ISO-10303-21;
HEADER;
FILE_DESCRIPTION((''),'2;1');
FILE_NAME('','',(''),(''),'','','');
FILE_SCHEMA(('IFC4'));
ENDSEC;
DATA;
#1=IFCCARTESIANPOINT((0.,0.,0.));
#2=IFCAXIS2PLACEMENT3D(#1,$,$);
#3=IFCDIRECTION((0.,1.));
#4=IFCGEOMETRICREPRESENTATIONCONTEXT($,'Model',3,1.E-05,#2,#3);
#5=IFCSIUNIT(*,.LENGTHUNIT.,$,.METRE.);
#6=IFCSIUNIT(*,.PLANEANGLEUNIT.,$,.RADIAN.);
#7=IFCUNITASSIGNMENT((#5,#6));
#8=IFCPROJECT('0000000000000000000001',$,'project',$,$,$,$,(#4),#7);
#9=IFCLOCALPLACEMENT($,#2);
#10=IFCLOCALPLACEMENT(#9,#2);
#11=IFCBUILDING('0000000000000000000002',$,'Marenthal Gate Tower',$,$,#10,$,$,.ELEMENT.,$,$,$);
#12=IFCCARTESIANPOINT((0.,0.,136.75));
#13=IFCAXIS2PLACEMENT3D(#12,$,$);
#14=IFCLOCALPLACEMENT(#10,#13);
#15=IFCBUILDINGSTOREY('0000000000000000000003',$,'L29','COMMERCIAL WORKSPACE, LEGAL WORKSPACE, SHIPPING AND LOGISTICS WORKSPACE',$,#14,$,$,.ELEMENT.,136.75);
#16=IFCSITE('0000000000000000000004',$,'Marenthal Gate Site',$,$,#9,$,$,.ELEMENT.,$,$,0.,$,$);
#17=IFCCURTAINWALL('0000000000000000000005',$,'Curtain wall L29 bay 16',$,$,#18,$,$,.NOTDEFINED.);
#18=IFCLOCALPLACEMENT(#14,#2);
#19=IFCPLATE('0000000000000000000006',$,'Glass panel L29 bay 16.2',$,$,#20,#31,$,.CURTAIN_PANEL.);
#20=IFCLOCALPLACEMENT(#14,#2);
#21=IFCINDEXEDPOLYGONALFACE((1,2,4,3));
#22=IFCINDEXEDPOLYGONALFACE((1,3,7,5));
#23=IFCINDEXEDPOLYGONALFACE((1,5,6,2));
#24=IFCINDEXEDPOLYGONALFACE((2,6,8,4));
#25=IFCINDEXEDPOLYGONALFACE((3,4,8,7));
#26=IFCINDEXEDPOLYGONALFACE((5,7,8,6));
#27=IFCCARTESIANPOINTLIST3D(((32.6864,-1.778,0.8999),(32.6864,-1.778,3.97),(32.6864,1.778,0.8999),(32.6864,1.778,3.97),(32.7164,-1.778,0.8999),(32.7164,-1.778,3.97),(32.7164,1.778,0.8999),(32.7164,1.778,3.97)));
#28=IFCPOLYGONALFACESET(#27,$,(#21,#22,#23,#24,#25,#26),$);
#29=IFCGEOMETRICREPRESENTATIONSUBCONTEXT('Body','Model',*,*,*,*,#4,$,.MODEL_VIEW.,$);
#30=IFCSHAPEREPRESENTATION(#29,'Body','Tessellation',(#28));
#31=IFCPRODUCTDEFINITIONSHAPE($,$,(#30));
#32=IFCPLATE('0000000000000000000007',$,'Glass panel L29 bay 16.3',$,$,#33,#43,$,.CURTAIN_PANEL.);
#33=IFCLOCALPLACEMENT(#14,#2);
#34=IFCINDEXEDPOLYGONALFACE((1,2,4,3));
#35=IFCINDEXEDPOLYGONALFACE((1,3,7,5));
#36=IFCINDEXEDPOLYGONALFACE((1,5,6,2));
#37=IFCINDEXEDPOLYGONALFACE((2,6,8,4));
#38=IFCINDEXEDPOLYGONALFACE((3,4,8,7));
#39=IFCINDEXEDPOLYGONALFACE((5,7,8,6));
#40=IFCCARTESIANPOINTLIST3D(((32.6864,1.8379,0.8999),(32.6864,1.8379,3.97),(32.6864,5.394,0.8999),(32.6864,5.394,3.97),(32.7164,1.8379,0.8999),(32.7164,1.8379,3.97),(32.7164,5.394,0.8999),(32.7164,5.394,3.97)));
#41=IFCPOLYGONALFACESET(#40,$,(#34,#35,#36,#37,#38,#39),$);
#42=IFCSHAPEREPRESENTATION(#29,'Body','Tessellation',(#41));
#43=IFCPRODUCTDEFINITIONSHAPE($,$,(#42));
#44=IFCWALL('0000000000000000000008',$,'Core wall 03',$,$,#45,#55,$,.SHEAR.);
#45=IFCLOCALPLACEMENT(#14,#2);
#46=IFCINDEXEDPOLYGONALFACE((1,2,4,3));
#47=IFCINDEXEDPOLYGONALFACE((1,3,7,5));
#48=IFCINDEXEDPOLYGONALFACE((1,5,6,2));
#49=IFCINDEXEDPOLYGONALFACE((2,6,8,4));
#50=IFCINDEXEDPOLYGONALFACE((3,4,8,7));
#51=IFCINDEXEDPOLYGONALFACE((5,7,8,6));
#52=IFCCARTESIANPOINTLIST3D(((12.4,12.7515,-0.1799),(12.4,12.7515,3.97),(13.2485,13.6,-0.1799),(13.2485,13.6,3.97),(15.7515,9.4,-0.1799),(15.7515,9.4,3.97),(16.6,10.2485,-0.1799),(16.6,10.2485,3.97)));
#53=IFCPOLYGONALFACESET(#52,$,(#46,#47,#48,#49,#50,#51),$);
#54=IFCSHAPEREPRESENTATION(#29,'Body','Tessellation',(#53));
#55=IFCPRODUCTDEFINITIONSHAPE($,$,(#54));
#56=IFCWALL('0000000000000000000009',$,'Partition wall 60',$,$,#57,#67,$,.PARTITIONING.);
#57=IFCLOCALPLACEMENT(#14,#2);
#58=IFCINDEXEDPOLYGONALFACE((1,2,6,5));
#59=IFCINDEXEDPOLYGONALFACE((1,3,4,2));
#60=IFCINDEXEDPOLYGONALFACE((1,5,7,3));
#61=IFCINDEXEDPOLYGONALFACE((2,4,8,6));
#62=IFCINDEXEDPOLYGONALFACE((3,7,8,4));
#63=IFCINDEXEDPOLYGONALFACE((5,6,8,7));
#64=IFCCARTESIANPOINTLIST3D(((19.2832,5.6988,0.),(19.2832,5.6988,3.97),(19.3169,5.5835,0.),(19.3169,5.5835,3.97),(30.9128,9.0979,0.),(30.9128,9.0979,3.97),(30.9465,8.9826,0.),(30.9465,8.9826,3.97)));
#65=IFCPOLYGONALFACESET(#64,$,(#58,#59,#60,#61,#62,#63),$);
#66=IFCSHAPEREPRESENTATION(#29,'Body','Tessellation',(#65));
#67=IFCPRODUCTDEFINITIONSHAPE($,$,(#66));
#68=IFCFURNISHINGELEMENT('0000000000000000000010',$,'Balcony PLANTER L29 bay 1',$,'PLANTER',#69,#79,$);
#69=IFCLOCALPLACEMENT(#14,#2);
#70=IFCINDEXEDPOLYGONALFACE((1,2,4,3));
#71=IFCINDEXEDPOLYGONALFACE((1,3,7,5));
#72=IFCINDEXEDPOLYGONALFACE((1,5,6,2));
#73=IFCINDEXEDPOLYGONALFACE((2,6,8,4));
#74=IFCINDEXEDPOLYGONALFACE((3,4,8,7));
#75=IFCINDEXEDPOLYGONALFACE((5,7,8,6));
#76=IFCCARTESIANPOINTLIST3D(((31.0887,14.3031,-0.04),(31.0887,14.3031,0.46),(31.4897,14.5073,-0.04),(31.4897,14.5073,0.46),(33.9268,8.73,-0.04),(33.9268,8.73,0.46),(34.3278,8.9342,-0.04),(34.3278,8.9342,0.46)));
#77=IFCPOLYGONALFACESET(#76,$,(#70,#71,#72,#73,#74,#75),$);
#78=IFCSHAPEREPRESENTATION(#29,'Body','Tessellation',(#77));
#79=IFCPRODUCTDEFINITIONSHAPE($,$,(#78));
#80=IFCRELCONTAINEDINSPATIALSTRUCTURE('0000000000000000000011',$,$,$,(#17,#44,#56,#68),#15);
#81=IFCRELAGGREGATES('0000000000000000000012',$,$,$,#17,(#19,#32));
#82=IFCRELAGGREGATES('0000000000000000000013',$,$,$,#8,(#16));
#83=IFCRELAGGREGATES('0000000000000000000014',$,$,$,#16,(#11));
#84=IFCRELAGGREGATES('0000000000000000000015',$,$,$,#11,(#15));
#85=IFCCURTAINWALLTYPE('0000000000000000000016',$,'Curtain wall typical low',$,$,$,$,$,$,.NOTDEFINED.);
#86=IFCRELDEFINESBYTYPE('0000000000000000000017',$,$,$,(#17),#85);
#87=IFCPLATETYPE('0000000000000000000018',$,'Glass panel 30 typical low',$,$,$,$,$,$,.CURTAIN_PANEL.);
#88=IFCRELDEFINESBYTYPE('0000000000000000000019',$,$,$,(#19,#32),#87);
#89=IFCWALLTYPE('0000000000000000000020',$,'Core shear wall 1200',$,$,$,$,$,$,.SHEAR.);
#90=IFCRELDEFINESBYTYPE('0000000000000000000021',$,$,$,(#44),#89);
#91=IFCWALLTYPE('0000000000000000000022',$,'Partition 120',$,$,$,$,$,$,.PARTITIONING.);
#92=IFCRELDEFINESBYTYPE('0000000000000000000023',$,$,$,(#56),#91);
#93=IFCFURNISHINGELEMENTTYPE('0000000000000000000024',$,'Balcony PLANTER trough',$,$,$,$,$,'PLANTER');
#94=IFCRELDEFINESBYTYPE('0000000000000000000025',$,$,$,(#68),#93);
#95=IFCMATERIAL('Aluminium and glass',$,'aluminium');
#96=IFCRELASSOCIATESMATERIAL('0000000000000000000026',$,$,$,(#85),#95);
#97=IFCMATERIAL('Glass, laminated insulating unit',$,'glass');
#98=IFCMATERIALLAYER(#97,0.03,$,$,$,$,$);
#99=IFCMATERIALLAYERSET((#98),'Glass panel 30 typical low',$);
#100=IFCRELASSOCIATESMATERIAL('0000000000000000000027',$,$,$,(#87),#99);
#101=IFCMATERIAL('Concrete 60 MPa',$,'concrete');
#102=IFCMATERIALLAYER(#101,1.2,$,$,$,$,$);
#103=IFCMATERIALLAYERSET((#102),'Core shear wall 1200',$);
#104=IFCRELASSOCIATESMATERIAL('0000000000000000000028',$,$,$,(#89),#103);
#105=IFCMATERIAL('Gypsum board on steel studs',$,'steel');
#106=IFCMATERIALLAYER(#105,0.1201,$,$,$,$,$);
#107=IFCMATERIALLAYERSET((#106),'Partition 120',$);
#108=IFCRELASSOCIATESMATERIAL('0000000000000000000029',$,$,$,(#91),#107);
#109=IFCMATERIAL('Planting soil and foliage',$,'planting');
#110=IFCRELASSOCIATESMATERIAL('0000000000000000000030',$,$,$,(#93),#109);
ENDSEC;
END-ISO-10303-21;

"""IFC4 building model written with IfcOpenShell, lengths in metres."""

from ifc_helpers import new_model, si_unit, direction, frame, frame_2d, origin, origin_2d, place, context, subcontext, project, spatial, rectangle, extrude, material, layer, layer_set, type_object, element, aggregate, save


model = new_model("IFC4")

# Units and contexts
model_context = context("Model", 3, precision=1e-05, world=origin(), true_north=direction((0.0, 1.0)))
body_context = subcontext(model_context, "Body", "Model", "MODEL_VIEW")
ifc_project = project(units=[si_unit("LENGTHUNIT", "METRE"), si_unit("PLANEANGLEUNIT", "RADIAN")], contexts=[model_context])

# Site, building, storey
site_placement = place(None, origin())
site = spatial("IfcSite", under=ifc_project, at=site_placement, Name="Marenthal Gate Site", CompositionType="ELEMENT", RefElevation=0.0)
building_placement = place(site_placement, origin())
building = spatial("IfcBuilding", under=site, at=building_placement, Name="Marenthal Gate Tower", CompositionType="ELEMENT")
storey_placement = place(building_placement, frame((0.0, 0.0, 136.75)))
storey = spatial("IfcBuildingStorey", under=building, at=storey_placement, Name="L29", Description="COMMERCIAL WORKSPACE, LEGAL WORKSPACE, SHIPPING AND LOGISTICS WORKSPACE", CompositionType="ELEMENT", Elevation=136.75)

# Curtain wall
ifc_material_1 = material(Name="Aluminium and glass", Category="aluminium")
curtain_wall_type = type_object("IfcCurtainWallType", Name="Curtain wall typical low", PredefinedType="NOTDEFINED", material=ifc_material_1)
curtain_wall_placement = place(storey_placement, origin())
curtain_wall = element("IfcCurtainWall", 1, at=curtain_wall_placement, inside=storey, type_object=curtain_wall_type, Name="Curtain wall L29 bay 16", PredefinedType="NOTDEFINED")

# Plates
ifc_material_2 = material(Name="Glass, laminated insulating unit", Category="glass")
ifc_layer_1 = layer(ifc_material_2, 0.03)
ifc_layer_set_1 = layer_set([ifc_layer_1], Name="Glass panel 30 typical low")
plate_type = type_object("IfcPlateType", Name="Glass panel 30 typical low", PredefinedType="CURTAIN_PANEL", material=ifc_layer_set_1)
plate_1_placement = place(storey_placement, frame((32.7014, 0.0, 0.8999), z_axis=(0.0, 0.0, 1.0), x_axis=(0.0, 1.0, 0.0)))
plate_1 = element("IfcPlate", 2, at=plate_1_placement, type_object=plate_type, Name="Glass panel L29 bay 16.2", PredefinedType="CURTAIN_PANEL", context=body_context, shape_type="SweptSolid", body=[
    extrude(rectangle(XDim=3.5559, YDim=0.03, at=origin_2d()), origin(), (0.0, 0.0, 1.0), 3.0701),
])
plate_2_placement = place(storey_placement, frame((32.7014, 3.616, 0.8999), z_axis=(0.0, 0.0, 1.0), x_axis=(0.0, 1.0, 0.0)))
plate_2 = element("IfcPlate", 3, at=plate_2_placement, type_object=plate_type, Name="Glass panel L29 bay 16.3", PredefinedType="CURTAIN_PANEL", context=body_context, shape_type="SweptSolid", body=[
    extrude(rectangle(XDim=3.5562, YDim=0.03, at=origin_2d()), origin(), (0.0, 0.0, 1.0), 3.0701),
])
aggregate(curtain_wall, [plate_1, plate_2])

# Walls
ifc_material_3 = material(Name="Concrete 60 MPa", Category="concrete")
ifc_layer_2 = layer(ifc_material_3, 1.2)
ifc_layer_set_2 = layer_set([ifc_layer_2], Name="Core shear wall 1200")
wall_type_1 = type_object("IfcWallType", Name="Core shear wall 1200", PredefinedType="SHEAR", material=ifc_layer_set_2)
wall_1_placement = place(storey_placement, frame((16.1758, 9.8242, -0.1799), z_axis=(0.0, 0.0, 1.0), x_axis=(-0.707107, 0.707107, 0.0)))
element("IfcWall", 4, at=wall_1_placement, inside=storey, type_object=wall_type_1, Name="Core wall 03", PredefinedType="SHEAR", context=body_context, shape_type="SweptSolid", body=[
    extrude(rectangle(XDim=4.7397, YDim=1.2, at=frame_2d((2.3699, 0.0))), origin(), (0.0, 0.0, 1.0), 4.1499),
])
ifc_material_4 = material(Name="Gypsum board on steel studs", Category="steel")
ifc_layer_3 = layer(ifc_material_4, 0.1201)
ifc_layer_set_3 = layer_set([ifc_layer_3], Name="Partition 120")
wall_type_2 = type_object("IfcWallType", Name="Partition 120", PredefinedType="PARTITIONING", material=ifc_layer_set_3)
wall_2_placement = place(storey_placement, frame((19.3, 5.6411, 0.0), z_axis=(0.0, 0.0, 1.0), x_axis=(0.95984, 0.280547, 0.0)))
element("IfcWall", 5, at=wall_2_placement, inside=storey, type_object=wall_type_2, Name="Partition wall 60", PredefinedType="PARTITIONING", context=body_context, shape_type="SweptSolid", body=[
    extrude(rectangle(XDim=12.1162, YDim=0.1201, at=frame_2d((6.0581, 0.0))), origin(), (0.0, 0.0, 1.0), 3.97),
])

# Furnishing element
ifc_material_5 = material(Name="Planting soil and foliage", Category="planting")
furnishing_element_type = type_object("IfcFurnishingElementType", Name="Balcony PLANTER trough", ElementType="PLANTER", material=ifc_material_5)
furnishing_placement = place(storey_placement, frame((32.7083, 11.6187, -0.04), z_axis=(0.0, 0.0, 1.0), x_axis=(-0.453791, 0.891108, 0.0)))
element("IfcFurnishingElement", 6, at=furnishing_placement, inside=storey, type_object=furnishing_element_type, Name="Balcony PLANTER L29 bay 1", ObjectType="PLANTER", context=body_context, shape_type="SweptSolid", body=[
    extrude(rectangle(XDim=6.2542, YDim=0.45, at=origin_2d()), origin(), (0.0, 0.0, 1.0), 0.5),
])

save(model, "model.ifc")
